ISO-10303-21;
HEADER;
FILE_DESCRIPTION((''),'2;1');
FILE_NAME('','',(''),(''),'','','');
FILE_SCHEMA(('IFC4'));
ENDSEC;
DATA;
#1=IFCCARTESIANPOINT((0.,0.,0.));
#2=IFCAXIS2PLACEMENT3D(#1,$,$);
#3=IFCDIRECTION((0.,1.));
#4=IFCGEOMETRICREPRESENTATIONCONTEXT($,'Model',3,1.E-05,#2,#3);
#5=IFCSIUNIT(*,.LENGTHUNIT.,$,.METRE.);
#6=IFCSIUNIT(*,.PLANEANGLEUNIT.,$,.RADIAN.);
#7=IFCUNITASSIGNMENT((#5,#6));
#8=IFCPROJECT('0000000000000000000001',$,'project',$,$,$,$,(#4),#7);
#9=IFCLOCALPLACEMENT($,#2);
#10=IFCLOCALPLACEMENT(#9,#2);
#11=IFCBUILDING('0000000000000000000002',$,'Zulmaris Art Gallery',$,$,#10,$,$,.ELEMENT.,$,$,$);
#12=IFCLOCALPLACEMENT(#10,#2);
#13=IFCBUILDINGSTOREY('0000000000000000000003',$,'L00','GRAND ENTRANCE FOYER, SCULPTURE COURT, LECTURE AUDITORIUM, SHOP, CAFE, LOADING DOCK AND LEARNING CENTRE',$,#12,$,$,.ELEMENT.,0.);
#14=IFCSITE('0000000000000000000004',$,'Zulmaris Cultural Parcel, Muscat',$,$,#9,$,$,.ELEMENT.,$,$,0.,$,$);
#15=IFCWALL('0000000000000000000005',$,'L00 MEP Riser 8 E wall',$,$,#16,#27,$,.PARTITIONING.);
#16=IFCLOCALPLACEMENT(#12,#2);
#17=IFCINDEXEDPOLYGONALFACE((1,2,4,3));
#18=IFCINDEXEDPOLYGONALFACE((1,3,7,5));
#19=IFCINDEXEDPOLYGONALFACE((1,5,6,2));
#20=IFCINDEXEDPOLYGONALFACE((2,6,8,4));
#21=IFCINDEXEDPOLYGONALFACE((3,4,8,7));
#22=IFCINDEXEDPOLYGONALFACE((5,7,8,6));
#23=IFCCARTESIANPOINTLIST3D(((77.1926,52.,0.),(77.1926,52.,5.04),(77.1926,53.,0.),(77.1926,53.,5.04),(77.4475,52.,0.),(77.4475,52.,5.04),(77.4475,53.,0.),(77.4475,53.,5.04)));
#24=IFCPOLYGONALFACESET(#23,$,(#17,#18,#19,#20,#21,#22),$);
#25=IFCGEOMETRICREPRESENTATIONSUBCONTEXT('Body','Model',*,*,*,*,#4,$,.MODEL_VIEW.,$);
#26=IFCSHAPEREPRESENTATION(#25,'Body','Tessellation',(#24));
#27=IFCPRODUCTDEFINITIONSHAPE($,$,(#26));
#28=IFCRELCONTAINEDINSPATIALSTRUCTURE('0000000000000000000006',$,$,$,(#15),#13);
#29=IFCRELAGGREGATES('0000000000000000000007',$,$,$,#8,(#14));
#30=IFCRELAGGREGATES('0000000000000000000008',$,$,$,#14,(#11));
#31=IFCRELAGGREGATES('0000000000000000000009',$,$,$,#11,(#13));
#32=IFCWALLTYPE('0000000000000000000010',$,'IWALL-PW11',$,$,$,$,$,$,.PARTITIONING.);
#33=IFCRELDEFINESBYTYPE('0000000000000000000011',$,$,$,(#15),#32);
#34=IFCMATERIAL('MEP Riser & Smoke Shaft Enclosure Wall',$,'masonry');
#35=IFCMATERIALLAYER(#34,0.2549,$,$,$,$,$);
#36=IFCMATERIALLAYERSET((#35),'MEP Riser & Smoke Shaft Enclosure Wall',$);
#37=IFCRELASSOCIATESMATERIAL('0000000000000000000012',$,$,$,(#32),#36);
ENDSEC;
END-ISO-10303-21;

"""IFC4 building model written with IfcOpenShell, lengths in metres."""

from ifc_helpers import new_model, si_unit, direction, frame, frame_2d, origin, place, context, subcontext, project, spatial, rectangle, extrude, material, layer, layer_set, type_object, element, save


model = new_model("IFC4")

# Units and contexts
model_context = context("Model", 3, precision=1e-05, world=origin(), true_north=direction((0.0, 1.0)))
body_context = subcontext(model_context, "Body", "Model", "MODEL_VIEW")
ifc_project = project(units=[si_unit("LENGTHUNIT", "METRE"), si_unit("PLANEANGLEUNIT", "RADIAN")], contexts=[model_context])

# Site, building, storey
site_placement = place(None, origin())
site = spatial("IfcSite", under=ifc_project, at=site_placement, Name="Zulmaris Cultural Parcel, Muscat", CompositionType="ELEMENT", RefElevation=0.0)
building_placement = place(site_placement, origin())
building = spatial("IfcBuilding", under=site, at=building_placement, Name="Zulmaris Art Gallery", CompositionType="ELEMENT")
storey_placement = place(building_placement, origin())
storey = spatial("IfcBuildingStorey", under=building, at=storey_placement, Name="L00", Description="GRAND ENTRANCE FOYER, SCULPTURE COURT, LECTURE AUDITORIUM, SHOP, CAFE, LOADING DOCK AND LEARNING CENTRE", CompositionType="ELEMENT", Elevation=0.0)

# Wall
ifc_material_1 = material(Name="MEP Riser & Smoke Shaft Enclosure Wall", Category="masonry")
ifc_layer_1 = layer(ifc_material_1, 0.2549)
ifc_layer_set_1 = layer_set([ifc_layer_1], Name="MEP Riser & Smoke Shaft Enclosure Wall")
wall_type_1 = type_object("IfcWallType", Name="IWALL-PW11", PredefinedType="PARTITIONING", material=ifc_layer_set_1)
for number, where, z_axis, x_axis, name in (
    (1, (77.3201, 52.0, 0.0), (0.0, 0.0, 1.0), (0.0, 1.0, 0.0), "L00 MEP Riser 8 E wall"),
):
    element("IfcWall", number, at=place(storey_placement, frame(where, z_axis=z_axis, x_axis=x_axis)), inside=storey, type_object=wall_type_1, Name=name, PredefinedType="PARTITIONING", context=body_context, shape_type="SweptSolid", body=[
        extrude(rectangle(XDim=1.0, YDim=0.2549, at=frame_2d((0.5, 0.0))), origin(), (0.0, 0.0, 1.0), 5.04),
    ])

save(model, "model.ifc")
